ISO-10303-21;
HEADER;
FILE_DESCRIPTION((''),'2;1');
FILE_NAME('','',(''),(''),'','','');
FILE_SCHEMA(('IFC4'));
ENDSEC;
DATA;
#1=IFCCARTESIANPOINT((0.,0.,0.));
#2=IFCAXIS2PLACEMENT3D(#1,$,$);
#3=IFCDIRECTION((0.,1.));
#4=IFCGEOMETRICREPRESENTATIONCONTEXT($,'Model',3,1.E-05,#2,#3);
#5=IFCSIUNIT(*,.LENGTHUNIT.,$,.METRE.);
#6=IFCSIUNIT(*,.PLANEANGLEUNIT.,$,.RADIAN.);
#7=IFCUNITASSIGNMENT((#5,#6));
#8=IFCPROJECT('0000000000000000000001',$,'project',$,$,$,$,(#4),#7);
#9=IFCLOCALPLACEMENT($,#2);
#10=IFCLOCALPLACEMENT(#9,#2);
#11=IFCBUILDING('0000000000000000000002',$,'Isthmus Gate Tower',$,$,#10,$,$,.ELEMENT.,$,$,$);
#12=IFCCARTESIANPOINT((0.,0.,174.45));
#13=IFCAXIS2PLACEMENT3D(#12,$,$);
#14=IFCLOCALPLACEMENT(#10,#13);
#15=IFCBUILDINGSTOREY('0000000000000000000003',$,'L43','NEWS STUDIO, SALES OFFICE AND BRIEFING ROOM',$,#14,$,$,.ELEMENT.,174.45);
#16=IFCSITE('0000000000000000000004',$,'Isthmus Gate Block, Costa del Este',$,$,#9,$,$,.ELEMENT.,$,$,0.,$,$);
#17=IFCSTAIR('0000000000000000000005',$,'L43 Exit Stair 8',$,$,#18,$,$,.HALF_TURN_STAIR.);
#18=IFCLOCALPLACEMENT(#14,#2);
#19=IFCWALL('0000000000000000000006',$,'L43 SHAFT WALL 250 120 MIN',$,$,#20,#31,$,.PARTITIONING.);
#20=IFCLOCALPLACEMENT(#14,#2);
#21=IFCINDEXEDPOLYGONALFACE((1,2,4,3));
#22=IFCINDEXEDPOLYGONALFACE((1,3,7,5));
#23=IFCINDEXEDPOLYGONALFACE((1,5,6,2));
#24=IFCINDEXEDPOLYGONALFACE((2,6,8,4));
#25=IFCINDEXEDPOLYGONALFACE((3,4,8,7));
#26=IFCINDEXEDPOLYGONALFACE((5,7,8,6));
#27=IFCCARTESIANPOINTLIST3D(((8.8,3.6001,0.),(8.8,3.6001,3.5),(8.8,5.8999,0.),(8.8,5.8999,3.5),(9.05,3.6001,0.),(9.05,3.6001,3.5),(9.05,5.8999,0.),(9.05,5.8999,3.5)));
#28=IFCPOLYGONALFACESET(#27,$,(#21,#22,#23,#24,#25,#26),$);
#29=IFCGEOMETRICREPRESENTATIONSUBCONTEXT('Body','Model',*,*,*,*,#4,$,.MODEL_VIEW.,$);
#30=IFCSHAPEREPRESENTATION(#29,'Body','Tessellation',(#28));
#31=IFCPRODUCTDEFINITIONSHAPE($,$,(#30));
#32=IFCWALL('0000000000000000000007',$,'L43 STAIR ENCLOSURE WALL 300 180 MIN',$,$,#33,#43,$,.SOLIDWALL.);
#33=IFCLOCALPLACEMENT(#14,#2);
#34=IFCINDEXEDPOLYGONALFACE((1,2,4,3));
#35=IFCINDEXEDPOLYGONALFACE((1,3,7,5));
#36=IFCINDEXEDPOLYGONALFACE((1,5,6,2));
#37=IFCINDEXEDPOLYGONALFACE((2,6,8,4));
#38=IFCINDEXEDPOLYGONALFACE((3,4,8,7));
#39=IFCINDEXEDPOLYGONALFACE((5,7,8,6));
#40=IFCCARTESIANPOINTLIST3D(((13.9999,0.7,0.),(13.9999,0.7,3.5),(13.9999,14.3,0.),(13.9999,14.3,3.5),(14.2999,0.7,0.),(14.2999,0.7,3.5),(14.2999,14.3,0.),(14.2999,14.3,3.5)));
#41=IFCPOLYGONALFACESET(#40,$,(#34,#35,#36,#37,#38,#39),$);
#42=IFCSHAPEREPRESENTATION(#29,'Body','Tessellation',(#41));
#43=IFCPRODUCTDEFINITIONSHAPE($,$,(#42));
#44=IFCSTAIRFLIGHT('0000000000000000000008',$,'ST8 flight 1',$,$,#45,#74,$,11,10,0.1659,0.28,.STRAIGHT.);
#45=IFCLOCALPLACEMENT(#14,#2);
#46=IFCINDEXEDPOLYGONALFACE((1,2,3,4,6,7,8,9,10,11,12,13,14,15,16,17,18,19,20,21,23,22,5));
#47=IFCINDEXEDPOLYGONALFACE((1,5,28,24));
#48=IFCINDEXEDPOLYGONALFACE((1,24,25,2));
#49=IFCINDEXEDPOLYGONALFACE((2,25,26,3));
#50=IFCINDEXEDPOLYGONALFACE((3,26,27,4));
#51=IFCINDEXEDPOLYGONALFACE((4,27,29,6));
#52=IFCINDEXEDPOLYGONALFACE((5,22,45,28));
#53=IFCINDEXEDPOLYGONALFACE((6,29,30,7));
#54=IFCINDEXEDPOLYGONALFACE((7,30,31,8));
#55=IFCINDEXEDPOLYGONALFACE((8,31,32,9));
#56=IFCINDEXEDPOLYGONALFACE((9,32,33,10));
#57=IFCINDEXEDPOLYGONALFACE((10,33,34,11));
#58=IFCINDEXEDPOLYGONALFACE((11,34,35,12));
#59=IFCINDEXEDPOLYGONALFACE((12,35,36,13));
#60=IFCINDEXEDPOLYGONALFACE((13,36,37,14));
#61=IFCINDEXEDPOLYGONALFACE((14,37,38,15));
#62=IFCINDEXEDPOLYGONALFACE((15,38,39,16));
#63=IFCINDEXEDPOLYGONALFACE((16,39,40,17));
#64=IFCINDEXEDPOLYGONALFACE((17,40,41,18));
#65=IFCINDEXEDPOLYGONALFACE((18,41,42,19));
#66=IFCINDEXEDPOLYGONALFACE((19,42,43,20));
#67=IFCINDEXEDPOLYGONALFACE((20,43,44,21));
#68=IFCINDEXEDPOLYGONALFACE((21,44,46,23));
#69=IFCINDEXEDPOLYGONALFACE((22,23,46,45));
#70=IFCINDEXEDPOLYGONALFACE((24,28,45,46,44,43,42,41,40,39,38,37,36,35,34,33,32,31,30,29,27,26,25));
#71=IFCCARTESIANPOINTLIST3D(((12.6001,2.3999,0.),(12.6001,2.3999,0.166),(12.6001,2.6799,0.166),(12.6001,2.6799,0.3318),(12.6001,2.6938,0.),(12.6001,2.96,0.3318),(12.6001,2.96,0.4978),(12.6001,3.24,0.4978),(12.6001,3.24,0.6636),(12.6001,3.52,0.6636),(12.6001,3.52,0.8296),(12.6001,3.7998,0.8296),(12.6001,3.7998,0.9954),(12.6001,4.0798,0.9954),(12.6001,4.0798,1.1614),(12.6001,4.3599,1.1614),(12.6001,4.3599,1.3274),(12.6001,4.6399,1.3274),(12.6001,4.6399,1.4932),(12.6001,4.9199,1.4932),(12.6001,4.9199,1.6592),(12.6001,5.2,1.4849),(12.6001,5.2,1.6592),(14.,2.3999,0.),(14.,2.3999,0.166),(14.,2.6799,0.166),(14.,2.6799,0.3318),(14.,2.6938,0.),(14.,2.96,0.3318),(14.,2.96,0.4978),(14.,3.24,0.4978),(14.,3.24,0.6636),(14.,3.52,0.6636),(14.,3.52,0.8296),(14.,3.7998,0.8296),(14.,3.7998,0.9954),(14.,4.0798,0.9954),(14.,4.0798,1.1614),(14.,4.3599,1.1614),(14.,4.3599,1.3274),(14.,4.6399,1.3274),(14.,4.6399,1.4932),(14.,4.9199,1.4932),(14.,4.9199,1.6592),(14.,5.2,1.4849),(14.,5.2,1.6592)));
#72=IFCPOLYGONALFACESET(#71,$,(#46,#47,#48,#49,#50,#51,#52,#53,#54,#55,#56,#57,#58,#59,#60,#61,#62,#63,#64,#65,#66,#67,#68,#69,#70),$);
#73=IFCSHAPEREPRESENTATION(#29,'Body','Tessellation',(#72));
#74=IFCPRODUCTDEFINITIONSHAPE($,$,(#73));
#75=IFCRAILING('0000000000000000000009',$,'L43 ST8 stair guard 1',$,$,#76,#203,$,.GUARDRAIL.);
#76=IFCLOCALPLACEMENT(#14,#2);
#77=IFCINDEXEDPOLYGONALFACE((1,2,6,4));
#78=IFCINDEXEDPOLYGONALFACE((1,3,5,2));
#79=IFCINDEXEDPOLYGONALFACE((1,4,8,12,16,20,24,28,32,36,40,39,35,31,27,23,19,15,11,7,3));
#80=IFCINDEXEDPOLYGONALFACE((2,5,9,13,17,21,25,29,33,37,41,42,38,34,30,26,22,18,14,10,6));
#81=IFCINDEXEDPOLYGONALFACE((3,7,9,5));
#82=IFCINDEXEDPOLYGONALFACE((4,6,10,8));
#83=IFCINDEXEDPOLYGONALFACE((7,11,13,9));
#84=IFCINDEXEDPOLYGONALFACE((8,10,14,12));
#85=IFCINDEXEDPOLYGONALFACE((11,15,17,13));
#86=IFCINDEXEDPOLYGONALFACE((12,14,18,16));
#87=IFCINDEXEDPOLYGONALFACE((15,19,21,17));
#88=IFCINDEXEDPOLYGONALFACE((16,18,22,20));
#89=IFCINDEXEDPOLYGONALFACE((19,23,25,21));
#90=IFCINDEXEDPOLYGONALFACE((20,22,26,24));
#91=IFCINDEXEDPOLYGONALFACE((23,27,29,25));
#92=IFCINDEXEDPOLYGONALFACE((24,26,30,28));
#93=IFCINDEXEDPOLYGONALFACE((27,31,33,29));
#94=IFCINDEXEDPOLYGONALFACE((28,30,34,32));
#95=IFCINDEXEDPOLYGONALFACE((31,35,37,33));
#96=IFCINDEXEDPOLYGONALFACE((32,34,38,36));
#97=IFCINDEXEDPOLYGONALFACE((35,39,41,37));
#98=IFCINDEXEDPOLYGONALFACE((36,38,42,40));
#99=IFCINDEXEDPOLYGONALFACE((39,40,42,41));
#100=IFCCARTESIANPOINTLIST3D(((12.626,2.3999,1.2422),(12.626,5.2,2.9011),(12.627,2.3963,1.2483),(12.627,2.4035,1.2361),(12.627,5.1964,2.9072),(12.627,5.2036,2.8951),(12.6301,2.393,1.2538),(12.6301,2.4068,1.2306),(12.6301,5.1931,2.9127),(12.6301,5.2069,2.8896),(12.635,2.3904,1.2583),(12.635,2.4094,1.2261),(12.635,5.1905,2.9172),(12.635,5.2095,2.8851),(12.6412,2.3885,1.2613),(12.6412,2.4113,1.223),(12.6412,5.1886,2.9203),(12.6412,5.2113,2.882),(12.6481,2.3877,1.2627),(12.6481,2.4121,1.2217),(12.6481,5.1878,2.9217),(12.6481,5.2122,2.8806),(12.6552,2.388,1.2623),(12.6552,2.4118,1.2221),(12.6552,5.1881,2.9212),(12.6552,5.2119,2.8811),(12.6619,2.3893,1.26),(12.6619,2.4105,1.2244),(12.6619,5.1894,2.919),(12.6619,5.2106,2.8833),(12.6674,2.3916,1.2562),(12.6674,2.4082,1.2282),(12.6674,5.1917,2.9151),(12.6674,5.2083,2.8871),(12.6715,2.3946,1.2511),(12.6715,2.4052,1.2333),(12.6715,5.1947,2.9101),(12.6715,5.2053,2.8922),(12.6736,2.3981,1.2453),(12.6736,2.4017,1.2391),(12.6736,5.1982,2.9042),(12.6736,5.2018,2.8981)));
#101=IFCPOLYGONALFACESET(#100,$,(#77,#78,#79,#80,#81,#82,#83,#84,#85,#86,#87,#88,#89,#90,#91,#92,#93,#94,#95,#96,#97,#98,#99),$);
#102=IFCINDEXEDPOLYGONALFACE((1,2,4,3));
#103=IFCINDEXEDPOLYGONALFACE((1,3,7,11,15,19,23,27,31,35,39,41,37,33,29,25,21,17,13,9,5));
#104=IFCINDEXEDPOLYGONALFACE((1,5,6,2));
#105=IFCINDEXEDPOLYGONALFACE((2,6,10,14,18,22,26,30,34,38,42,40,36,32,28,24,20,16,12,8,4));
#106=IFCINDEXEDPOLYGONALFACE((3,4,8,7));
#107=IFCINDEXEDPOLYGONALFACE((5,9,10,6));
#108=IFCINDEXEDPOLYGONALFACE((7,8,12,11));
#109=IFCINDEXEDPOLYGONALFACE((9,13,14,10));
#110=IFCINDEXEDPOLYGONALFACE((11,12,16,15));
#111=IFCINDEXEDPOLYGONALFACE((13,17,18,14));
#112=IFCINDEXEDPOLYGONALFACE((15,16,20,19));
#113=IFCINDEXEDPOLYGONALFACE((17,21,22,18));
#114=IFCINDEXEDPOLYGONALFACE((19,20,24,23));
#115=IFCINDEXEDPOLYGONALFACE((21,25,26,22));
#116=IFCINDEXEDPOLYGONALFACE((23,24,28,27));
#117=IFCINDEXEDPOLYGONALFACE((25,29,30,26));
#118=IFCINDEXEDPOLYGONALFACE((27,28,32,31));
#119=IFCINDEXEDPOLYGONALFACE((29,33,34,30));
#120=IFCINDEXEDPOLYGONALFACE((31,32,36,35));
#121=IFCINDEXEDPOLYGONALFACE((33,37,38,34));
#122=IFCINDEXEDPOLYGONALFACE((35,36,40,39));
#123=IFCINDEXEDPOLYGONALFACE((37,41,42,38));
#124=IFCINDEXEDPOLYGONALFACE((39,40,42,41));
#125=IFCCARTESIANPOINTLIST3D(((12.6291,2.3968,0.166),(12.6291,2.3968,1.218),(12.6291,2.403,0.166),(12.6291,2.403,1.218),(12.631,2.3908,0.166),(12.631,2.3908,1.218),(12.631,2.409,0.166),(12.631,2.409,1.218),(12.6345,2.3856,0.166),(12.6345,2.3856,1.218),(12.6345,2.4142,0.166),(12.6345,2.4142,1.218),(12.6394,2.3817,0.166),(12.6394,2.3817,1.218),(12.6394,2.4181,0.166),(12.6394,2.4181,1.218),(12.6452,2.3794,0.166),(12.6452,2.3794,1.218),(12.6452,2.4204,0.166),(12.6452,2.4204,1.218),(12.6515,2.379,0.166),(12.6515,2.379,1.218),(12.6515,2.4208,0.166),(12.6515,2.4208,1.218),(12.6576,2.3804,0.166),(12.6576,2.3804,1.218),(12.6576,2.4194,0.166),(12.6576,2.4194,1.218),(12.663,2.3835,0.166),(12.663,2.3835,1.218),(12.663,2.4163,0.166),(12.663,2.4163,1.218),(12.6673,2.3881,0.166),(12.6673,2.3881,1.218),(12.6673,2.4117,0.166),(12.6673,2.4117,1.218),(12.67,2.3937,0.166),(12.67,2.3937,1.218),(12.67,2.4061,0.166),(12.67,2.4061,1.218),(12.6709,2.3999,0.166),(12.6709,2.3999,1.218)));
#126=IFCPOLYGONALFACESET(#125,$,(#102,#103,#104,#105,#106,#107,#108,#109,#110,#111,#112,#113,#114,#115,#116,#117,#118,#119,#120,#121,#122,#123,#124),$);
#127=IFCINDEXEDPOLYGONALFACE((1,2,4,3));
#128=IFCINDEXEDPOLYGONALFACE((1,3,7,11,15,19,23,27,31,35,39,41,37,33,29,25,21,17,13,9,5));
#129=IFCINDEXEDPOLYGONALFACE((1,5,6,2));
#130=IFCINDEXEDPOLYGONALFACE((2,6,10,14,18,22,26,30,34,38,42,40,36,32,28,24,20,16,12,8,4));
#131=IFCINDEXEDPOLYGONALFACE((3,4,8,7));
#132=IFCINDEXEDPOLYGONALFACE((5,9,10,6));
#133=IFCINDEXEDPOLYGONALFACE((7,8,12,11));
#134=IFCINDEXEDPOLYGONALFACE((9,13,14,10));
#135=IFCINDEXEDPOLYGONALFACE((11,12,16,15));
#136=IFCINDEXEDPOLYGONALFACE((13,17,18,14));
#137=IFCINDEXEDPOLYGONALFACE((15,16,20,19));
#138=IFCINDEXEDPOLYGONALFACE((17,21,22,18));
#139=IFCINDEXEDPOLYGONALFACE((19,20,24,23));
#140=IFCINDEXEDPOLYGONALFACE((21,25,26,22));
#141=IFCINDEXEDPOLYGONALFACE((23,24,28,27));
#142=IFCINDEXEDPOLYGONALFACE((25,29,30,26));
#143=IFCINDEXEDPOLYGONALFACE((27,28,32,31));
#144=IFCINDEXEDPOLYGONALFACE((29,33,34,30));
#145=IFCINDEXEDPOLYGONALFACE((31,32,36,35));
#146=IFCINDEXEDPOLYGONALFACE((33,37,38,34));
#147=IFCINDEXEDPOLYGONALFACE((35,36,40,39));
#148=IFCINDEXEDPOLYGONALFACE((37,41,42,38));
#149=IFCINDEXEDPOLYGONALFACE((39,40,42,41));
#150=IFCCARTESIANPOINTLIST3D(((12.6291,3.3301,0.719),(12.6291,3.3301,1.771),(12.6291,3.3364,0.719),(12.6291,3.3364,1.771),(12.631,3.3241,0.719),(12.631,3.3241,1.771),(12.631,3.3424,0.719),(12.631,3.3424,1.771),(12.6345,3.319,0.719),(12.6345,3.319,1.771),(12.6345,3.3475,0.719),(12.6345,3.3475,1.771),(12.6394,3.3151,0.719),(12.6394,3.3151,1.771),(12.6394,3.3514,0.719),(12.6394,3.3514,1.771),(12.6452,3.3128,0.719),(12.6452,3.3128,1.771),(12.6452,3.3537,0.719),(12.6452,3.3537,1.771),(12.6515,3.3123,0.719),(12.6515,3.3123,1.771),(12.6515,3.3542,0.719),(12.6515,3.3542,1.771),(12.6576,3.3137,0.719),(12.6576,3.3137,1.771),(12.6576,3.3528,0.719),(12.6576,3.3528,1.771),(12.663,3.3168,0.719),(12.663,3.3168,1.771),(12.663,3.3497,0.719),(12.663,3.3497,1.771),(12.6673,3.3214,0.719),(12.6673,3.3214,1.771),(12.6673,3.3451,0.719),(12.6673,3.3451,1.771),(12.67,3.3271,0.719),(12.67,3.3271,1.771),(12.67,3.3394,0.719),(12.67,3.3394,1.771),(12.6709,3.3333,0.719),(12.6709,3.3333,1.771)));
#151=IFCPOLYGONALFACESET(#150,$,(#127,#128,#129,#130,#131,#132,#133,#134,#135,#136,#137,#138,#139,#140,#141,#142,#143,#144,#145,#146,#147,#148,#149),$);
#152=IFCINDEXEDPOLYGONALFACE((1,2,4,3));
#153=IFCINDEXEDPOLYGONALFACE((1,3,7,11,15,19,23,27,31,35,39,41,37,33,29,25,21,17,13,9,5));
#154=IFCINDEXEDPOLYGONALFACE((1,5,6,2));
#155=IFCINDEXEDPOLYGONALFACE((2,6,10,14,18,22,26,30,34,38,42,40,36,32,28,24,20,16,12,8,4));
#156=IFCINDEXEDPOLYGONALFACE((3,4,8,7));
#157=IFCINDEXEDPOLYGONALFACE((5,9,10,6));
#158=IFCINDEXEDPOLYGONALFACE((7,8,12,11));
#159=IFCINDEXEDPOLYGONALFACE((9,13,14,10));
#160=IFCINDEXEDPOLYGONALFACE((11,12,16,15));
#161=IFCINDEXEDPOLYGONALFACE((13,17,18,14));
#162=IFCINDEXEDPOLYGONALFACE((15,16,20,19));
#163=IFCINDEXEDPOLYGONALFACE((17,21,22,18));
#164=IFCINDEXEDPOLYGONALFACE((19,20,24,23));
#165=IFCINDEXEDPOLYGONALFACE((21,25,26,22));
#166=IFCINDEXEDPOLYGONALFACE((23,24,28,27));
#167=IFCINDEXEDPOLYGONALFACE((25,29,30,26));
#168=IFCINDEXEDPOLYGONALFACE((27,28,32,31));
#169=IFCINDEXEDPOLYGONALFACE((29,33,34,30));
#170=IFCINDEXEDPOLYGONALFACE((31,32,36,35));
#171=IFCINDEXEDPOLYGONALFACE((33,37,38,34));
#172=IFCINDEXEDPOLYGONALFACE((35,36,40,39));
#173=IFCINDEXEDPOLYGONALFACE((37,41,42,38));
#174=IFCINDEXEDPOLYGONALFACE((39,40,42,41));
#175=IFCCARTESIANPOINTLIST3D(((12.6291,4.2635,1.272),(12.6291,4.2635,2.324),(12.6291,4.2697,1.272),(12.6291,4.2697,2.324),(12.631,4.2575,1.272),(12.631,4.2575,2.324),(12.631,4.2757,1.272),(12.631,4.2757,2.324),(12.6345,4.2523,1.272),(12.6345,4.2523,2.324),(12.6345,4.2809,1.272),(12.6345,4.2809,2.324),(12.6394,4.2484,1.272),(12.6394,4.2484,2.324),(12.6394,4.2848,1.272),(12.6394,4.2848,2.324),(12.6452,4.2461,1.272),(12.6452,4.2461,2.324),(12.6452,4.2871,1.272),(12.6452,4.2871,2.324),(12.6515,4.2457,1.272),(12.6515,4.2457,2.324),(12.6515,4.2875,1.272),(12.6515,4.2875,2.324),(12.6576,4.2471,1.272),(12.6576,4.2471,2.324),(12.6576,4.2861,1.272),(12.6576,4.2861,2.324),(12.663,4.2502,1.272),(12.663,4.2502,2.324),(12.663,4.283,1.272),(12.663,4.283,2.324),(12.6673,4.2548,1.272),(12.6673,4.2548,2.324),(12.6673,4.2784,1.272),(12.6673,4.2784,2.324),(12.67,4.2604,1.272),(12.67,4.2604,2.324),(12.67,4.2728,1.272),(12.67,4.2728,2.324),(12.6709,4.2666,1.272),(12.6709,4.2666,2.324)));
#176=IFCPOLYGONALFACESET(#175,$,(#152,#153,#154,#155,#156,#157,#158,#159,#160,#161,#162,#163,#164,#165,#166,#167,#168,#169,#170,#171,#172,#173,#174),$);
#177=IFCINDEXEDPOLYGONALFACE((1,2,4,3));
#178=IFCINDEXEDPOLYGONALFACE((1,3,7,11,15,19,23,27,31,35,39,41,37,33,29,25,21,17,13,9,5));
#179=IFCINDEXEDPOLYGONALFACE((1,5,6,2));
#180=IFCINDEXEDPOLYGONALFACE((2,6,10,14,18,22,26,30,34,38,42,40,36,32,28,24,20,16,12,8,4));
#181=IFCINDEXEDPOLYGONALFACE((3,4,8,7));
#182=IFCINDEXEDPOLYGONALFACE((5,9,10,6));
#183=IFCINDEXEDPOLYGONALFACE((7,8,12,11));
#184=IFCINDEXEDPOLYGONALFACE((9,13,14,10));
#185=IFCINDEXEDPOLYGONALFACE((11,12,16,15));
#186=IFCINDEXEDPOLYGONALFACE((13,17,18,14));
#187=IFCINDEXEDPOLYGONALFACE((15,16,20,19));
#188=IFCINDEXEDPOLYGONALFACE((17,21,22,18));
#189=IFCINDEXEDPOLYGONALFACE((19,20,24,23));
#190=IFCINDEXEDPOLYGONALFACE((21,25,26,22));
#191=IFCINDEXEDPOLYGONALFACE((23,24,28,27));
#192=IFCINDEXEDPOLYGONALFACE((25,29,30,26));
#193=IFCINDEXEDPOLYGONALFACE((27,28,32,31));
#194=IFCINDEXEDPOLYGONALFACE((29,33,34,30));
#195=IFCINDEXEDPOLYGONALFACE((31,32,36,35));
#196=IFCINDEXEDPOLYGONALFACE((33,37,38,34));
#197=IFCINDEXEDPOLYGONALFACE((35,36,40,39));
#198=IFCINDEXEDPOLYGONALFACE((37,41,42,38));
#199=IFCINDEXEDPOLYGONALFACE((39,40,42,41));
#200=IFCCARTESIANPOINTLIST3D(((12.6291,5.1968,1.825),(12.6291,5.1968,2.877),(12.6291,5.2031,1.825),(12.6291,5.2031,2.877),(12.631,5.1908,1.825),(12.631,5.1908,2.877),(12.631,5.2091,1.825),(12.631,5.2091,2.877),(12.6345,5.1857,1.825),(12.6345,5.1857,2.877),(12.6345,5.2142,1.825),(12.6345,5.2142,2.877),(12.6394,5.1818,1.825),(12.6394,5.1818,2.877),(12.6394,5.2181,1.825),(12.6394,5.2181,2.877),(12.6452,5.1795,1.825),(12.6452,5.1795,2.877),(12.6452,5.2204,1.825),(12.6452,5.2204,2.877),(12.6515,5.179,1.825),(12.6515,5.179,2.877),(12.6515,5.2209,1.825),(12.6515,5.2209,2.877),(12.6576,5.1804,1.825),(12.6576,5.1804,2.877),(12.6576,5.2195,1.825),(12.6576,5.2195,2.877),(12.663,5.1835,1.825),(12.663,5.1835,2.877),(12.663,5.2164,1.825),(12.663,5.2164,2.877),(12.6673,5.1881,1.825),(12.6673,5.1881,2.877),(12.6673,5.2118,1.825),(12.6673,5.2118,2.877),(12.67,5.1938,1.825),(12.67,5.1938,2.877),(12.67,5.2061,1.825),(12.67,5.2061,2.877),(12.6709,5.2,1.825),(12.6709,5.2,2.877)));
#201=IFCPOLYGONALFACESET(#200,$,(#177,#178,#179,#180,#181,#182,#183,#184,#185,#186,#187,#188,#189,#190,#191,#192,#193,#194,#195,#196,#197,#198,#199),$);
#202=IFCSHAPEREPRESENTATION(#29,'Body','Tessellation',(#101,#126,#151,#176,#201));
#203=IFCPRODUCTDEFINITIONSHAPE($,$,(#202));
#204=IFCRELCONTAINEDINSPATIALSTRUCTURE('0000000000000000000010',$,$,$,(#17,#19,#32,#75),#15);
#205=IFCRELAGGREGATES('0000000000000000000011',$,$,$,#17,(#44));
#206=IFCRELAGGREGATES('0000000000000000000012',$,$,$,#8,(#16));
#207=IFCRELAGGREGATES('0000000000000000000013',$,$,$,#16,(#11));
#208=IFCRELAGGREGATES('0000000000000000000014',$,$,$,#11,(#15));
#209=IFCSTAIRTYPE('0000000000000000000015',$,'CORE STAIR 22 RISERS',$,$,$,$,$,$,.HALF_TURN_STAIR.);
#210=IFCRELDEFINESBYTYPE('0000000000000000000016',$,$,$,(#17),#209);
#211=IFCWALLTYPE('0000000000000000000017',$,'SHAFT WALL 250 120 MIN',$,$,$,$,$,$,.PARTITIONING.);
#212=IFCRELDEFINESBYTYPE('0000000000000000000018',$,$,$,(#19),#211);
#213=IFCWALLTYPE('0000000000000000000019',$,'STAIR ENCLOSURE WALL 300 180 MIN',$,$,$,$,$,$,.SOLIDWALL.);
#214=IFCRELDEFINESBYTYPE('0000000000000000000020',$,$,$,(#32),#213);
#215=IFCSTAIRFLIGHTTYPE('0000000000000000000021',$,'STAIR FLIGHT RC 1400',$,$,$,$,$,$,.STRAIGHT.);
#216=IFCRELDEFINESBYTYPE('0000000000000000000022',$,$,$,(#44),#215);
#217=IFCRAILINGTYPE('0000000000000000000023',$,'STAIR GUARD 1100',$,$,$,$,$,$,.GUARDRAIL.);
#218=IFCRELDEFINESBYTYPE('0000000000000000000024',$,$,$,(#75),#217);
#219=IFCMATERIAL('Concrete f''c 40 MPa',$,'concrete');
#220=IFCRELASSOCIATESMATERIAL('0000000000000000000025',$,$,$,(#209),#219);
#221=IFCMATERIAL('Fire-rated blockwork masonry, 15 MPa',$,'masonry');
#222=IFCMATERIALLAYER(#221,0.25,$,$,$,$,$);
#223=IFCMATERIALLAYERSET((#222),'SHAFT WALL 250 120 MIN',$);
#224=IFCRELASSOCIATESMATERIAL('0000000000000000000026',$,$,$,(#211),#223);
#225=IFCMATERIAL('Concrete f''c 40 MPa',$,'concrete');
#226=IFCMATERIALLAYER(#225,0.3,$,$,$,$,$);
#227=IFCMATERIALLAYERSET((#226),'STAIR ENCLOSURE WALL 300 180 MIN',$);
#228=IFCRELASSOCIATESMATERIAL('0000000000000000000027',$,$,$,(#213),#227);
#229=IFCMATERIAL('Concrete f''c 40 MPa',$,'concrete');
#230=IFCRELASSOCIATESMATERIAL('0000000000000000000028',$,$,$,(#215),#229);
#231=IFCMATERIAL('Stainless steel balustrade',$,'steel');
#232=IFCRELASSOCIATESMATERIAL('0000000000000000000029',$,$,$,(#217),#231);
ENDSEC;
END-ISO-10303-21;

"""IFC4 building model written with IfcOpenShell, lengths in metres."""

from ifc_helpers import new_model, si_unit, direction, frame, frame_2d, origin, origin_2d, place, context, subcontext, project, spatial, polyline, rectangle, circle, outline, extrude, material, layer, layer_set, type_object, element, aggregate, save


model = new_model("IFC4")

# Units and contexts
model_context = context("Model", 3, precision=1e-05, world=origin(), true_north=direction((0.0, 1.0)))
body_context = subcontext(model_context, "Body", "Model", "MODEL_VIEW")
ifc_project = project(units=[si_unit("LENGTHUNIT", "METRE"), si_unit("PLANEANGLEUNIT", "RADIAN")], contexts=[model_context])

# Site, building, storey
site_placement = place(None, origin())
site = spatial("IfcSite", under=ifc_project, at=site_placement, Name="Isthmus Gate Block, Costa del Este", CompositionType="ELEMENT", RefElevation=0.0)
building_placement = place(site_placement, origin())
building = spatial("IfcBuilding", under=site, at=building_placement, Name="Isthmus Gate Tower", CompositionType="ELEMENT")
storey_placement = place(building_placement, frame((0.0, 0.0, 174.45)))
storey = spatial("IfcBuildingStorey", under=building, at=storey_placement, Name="L43", Description="NEWS STUDIO, SALES OFFICE AND BRIEFING ROOM", CompositionType="ELEMENT", Elevation=174.45)

# Stair
ifc_material_1 = material(Name="Concrete f'c 40 MPa", Category="concrete")
stair_type = type_object("IfcStairType", Name="CORE STAIR 22 RISERS", PredefinedType="HALF_TURN_STAIR", material=ifc_material_1)
stair_1_placement = place(storey_placement, origin())
stair_1 = element("IfcStair", 1, at=stair_1_placement, inside=storey, type_object=stair_type, Name="L43 Exit Stair 8", PredefinedType="HALF_TURN_STAIR")

# Walls
ifc_material_2 = material(Name="Fire-rated blockwork masonry, 15 MPa", Category="masonry")
ifc_layer_1 = layer(ifc_material_2, 0.25)
ifc_layer_set_1 = layer_set([ifc_layer_1], Name="SHAFT WALL 250 120 MIN")
wall_type_1 = type_object("IfcWallType", Name="SHAFT WALL 250 120 MIN", PredefinedType="PARTITIONING", material=ifc_layer_set_1)
wall_1_placement = place(storey_placement, frame((8.925, 3.6001, 0.0), z_axis=(0.0, 0.0, 1.0), x_axis=(0.0, 1.0, 0.0)))
element("IfcWall", 2, at=wall_1_placement, inside=storey, type_object=wall_type_1, Name="L43 SHAFT WALL 250 120 MIN", PredefinedType="PARTITIONING", context=body_context, shape_type="SweptSolid", body=[
    extrude(rectangle(XDim=2.2998, YDim=0.25, at=frame_2d((1.1499, 0.0))), origin(), (0.0, 0.0, 1.0), 3.5),
])
ifc_material_3 = material(Name="Concrete f'c 40 MPa", Category="concrete")
ifc_layer_2 = layer(ifc_material_3, 0.3)
ifc_layer_set_2 = layer_set([ifc_layer_2], Name="STAIR ENCLOSURE WALL 300 180 MIN")
wall_type_2 = type_object("IfcWallType", Name="STAIR ENCLOSURE WALL 300 180 MIN", PredefinedType="SOLIDWALL", material=ifc_layer_set_2)
wall_2_placement = place(storey_placement, frame((14.1499, 0.7, 0.0), z_axis=(0.0, 0.0, 1.0), x_axis=(0.0, 1.0, 0.0)))
element("IfcWall", 3, at=wall_2_placement, inside=storey, type_object=wall_type_2, Name="L43 STAIR ENCLOSURE WALL 300 180 MIN", PredefinedType="SOLIDWALL", context=body_context, shape_type="SweptSolid", body=[
    extrude(rectangle(XDim=13.6001, YDim=0.3, at=frame_2d((6.8, 0.0))), origin(), (0.0, 0.0, 1.0), 3.5),
])

# Stair flight
ifc_material_4 = material(Name="Concrete f'c 40 MPa", Category="concrete")
stair_flight_type = type_object("IfcStairFlightType", Name="STAIR FLIGHT RC 1400", PredefinedType="STRAIGHT", material=ifc_material_4)
stair_flight_placement = place(storey_placement, frame((13.3, 2.3999, 0.0), z_axis=(0.0, 0.0, 1.0), x_axis=(0.0, 1.0, 0.0)))
stair_flight = element("IfcStairFlight", 4, at=stair_flight_placement, type_object=stair_flight_type, Name="ST8 flight 1", NumberOfRisers=11, NumberOfTreads=10, PredefinedType="STRAIGHT", RiserHeight=0.1659, TreadLength=0.28, context=body_context, shape_type="SweptSolid", body=[
    extrude(outline(polyline([(0.0, 0.0), (0.0, 0.166), (0.28, 0.166), (0.28, 0.3318), (0.5601, 0.3318), (0.5601, 0.4978), (0.8401, 0.4978), (0.8401, 0.6636), (1.1201, 0.6636), (1.1201, 0.8296), (1.3999, 0.8296), (1.3999, 0.9954), (1.6799, 0.9954), (1.6799, 1.1614), (1.96, 1.1614), (1.96, 1.3274), (2.24, 1.3274), (2.24, 1.4932), (2.52, 1.4932), (2.52, 1.6592), (2.8, 1.6592), (2.8, 1.825), (2.8, 1.4849), (0.2939, 0.0), (0.0, 0.0)])), frame((0.0, 0.7, 0.0), z_axis=(0.0, -1.0, 0.0), x_axis=(1.0, 0.0, 0.0)), (0.0, 0.0, 1.0), 1.3999),
])
aggregate(stair_1, [stair_flight])

# Railing
ifc_material_5 = material(Name="Stainless steel balustrade", Category="steel")
railing_type_1 = type_object("IfcRailingType", Name="STAIR GUARD 1100", PredefinedType="GUARDRAIL", material=ifc_material_5)
railing_1_placement = place(storey_placement, frame((12.6499, 2.3999, 0.166)))
element("IfcRailing", 5, at=railing_1_placement, inside=storey, type_object=railing_type_1, Name="L43 ST8 stair guard 1", PredefinedType="GUARDRAIL", context=body_context, shape_type="SweptSolid", body=[
    extrude(circle(Radius=0.0239, at=origin_2d()), frame((0.0, 0.0, 1.0762), z_axis=(0.0, 0.860339, 0.509722), x_axis=(-1.0, 0.0, 0.0)), (0.0, 0.0, 1.0), 3.2546),
    extrude(circle(Radius=0.021, at=origin_2d()), origin(), (0.0, 0.0, 1.0), 1.052),
    extrude(circle(Radius=0.021, at=origin_2d()), frame((0.0, 0.9333, 0.553)), (0.0, 0.0, 1.0), 1.052),
    extrude(circle(Radius=0.021, at=origin_2d()), frame((0.0, 1.8667, 1.106)), (0.0, 0.0, 1.0), 1.052),
    extrude(circle(Radius=0.021, at=origin_2d()), frame((0.0, 2.8, 1.6589)), (0.0, 0.0, 1.0), 1.052),
])

save(model, "model.ifc")
